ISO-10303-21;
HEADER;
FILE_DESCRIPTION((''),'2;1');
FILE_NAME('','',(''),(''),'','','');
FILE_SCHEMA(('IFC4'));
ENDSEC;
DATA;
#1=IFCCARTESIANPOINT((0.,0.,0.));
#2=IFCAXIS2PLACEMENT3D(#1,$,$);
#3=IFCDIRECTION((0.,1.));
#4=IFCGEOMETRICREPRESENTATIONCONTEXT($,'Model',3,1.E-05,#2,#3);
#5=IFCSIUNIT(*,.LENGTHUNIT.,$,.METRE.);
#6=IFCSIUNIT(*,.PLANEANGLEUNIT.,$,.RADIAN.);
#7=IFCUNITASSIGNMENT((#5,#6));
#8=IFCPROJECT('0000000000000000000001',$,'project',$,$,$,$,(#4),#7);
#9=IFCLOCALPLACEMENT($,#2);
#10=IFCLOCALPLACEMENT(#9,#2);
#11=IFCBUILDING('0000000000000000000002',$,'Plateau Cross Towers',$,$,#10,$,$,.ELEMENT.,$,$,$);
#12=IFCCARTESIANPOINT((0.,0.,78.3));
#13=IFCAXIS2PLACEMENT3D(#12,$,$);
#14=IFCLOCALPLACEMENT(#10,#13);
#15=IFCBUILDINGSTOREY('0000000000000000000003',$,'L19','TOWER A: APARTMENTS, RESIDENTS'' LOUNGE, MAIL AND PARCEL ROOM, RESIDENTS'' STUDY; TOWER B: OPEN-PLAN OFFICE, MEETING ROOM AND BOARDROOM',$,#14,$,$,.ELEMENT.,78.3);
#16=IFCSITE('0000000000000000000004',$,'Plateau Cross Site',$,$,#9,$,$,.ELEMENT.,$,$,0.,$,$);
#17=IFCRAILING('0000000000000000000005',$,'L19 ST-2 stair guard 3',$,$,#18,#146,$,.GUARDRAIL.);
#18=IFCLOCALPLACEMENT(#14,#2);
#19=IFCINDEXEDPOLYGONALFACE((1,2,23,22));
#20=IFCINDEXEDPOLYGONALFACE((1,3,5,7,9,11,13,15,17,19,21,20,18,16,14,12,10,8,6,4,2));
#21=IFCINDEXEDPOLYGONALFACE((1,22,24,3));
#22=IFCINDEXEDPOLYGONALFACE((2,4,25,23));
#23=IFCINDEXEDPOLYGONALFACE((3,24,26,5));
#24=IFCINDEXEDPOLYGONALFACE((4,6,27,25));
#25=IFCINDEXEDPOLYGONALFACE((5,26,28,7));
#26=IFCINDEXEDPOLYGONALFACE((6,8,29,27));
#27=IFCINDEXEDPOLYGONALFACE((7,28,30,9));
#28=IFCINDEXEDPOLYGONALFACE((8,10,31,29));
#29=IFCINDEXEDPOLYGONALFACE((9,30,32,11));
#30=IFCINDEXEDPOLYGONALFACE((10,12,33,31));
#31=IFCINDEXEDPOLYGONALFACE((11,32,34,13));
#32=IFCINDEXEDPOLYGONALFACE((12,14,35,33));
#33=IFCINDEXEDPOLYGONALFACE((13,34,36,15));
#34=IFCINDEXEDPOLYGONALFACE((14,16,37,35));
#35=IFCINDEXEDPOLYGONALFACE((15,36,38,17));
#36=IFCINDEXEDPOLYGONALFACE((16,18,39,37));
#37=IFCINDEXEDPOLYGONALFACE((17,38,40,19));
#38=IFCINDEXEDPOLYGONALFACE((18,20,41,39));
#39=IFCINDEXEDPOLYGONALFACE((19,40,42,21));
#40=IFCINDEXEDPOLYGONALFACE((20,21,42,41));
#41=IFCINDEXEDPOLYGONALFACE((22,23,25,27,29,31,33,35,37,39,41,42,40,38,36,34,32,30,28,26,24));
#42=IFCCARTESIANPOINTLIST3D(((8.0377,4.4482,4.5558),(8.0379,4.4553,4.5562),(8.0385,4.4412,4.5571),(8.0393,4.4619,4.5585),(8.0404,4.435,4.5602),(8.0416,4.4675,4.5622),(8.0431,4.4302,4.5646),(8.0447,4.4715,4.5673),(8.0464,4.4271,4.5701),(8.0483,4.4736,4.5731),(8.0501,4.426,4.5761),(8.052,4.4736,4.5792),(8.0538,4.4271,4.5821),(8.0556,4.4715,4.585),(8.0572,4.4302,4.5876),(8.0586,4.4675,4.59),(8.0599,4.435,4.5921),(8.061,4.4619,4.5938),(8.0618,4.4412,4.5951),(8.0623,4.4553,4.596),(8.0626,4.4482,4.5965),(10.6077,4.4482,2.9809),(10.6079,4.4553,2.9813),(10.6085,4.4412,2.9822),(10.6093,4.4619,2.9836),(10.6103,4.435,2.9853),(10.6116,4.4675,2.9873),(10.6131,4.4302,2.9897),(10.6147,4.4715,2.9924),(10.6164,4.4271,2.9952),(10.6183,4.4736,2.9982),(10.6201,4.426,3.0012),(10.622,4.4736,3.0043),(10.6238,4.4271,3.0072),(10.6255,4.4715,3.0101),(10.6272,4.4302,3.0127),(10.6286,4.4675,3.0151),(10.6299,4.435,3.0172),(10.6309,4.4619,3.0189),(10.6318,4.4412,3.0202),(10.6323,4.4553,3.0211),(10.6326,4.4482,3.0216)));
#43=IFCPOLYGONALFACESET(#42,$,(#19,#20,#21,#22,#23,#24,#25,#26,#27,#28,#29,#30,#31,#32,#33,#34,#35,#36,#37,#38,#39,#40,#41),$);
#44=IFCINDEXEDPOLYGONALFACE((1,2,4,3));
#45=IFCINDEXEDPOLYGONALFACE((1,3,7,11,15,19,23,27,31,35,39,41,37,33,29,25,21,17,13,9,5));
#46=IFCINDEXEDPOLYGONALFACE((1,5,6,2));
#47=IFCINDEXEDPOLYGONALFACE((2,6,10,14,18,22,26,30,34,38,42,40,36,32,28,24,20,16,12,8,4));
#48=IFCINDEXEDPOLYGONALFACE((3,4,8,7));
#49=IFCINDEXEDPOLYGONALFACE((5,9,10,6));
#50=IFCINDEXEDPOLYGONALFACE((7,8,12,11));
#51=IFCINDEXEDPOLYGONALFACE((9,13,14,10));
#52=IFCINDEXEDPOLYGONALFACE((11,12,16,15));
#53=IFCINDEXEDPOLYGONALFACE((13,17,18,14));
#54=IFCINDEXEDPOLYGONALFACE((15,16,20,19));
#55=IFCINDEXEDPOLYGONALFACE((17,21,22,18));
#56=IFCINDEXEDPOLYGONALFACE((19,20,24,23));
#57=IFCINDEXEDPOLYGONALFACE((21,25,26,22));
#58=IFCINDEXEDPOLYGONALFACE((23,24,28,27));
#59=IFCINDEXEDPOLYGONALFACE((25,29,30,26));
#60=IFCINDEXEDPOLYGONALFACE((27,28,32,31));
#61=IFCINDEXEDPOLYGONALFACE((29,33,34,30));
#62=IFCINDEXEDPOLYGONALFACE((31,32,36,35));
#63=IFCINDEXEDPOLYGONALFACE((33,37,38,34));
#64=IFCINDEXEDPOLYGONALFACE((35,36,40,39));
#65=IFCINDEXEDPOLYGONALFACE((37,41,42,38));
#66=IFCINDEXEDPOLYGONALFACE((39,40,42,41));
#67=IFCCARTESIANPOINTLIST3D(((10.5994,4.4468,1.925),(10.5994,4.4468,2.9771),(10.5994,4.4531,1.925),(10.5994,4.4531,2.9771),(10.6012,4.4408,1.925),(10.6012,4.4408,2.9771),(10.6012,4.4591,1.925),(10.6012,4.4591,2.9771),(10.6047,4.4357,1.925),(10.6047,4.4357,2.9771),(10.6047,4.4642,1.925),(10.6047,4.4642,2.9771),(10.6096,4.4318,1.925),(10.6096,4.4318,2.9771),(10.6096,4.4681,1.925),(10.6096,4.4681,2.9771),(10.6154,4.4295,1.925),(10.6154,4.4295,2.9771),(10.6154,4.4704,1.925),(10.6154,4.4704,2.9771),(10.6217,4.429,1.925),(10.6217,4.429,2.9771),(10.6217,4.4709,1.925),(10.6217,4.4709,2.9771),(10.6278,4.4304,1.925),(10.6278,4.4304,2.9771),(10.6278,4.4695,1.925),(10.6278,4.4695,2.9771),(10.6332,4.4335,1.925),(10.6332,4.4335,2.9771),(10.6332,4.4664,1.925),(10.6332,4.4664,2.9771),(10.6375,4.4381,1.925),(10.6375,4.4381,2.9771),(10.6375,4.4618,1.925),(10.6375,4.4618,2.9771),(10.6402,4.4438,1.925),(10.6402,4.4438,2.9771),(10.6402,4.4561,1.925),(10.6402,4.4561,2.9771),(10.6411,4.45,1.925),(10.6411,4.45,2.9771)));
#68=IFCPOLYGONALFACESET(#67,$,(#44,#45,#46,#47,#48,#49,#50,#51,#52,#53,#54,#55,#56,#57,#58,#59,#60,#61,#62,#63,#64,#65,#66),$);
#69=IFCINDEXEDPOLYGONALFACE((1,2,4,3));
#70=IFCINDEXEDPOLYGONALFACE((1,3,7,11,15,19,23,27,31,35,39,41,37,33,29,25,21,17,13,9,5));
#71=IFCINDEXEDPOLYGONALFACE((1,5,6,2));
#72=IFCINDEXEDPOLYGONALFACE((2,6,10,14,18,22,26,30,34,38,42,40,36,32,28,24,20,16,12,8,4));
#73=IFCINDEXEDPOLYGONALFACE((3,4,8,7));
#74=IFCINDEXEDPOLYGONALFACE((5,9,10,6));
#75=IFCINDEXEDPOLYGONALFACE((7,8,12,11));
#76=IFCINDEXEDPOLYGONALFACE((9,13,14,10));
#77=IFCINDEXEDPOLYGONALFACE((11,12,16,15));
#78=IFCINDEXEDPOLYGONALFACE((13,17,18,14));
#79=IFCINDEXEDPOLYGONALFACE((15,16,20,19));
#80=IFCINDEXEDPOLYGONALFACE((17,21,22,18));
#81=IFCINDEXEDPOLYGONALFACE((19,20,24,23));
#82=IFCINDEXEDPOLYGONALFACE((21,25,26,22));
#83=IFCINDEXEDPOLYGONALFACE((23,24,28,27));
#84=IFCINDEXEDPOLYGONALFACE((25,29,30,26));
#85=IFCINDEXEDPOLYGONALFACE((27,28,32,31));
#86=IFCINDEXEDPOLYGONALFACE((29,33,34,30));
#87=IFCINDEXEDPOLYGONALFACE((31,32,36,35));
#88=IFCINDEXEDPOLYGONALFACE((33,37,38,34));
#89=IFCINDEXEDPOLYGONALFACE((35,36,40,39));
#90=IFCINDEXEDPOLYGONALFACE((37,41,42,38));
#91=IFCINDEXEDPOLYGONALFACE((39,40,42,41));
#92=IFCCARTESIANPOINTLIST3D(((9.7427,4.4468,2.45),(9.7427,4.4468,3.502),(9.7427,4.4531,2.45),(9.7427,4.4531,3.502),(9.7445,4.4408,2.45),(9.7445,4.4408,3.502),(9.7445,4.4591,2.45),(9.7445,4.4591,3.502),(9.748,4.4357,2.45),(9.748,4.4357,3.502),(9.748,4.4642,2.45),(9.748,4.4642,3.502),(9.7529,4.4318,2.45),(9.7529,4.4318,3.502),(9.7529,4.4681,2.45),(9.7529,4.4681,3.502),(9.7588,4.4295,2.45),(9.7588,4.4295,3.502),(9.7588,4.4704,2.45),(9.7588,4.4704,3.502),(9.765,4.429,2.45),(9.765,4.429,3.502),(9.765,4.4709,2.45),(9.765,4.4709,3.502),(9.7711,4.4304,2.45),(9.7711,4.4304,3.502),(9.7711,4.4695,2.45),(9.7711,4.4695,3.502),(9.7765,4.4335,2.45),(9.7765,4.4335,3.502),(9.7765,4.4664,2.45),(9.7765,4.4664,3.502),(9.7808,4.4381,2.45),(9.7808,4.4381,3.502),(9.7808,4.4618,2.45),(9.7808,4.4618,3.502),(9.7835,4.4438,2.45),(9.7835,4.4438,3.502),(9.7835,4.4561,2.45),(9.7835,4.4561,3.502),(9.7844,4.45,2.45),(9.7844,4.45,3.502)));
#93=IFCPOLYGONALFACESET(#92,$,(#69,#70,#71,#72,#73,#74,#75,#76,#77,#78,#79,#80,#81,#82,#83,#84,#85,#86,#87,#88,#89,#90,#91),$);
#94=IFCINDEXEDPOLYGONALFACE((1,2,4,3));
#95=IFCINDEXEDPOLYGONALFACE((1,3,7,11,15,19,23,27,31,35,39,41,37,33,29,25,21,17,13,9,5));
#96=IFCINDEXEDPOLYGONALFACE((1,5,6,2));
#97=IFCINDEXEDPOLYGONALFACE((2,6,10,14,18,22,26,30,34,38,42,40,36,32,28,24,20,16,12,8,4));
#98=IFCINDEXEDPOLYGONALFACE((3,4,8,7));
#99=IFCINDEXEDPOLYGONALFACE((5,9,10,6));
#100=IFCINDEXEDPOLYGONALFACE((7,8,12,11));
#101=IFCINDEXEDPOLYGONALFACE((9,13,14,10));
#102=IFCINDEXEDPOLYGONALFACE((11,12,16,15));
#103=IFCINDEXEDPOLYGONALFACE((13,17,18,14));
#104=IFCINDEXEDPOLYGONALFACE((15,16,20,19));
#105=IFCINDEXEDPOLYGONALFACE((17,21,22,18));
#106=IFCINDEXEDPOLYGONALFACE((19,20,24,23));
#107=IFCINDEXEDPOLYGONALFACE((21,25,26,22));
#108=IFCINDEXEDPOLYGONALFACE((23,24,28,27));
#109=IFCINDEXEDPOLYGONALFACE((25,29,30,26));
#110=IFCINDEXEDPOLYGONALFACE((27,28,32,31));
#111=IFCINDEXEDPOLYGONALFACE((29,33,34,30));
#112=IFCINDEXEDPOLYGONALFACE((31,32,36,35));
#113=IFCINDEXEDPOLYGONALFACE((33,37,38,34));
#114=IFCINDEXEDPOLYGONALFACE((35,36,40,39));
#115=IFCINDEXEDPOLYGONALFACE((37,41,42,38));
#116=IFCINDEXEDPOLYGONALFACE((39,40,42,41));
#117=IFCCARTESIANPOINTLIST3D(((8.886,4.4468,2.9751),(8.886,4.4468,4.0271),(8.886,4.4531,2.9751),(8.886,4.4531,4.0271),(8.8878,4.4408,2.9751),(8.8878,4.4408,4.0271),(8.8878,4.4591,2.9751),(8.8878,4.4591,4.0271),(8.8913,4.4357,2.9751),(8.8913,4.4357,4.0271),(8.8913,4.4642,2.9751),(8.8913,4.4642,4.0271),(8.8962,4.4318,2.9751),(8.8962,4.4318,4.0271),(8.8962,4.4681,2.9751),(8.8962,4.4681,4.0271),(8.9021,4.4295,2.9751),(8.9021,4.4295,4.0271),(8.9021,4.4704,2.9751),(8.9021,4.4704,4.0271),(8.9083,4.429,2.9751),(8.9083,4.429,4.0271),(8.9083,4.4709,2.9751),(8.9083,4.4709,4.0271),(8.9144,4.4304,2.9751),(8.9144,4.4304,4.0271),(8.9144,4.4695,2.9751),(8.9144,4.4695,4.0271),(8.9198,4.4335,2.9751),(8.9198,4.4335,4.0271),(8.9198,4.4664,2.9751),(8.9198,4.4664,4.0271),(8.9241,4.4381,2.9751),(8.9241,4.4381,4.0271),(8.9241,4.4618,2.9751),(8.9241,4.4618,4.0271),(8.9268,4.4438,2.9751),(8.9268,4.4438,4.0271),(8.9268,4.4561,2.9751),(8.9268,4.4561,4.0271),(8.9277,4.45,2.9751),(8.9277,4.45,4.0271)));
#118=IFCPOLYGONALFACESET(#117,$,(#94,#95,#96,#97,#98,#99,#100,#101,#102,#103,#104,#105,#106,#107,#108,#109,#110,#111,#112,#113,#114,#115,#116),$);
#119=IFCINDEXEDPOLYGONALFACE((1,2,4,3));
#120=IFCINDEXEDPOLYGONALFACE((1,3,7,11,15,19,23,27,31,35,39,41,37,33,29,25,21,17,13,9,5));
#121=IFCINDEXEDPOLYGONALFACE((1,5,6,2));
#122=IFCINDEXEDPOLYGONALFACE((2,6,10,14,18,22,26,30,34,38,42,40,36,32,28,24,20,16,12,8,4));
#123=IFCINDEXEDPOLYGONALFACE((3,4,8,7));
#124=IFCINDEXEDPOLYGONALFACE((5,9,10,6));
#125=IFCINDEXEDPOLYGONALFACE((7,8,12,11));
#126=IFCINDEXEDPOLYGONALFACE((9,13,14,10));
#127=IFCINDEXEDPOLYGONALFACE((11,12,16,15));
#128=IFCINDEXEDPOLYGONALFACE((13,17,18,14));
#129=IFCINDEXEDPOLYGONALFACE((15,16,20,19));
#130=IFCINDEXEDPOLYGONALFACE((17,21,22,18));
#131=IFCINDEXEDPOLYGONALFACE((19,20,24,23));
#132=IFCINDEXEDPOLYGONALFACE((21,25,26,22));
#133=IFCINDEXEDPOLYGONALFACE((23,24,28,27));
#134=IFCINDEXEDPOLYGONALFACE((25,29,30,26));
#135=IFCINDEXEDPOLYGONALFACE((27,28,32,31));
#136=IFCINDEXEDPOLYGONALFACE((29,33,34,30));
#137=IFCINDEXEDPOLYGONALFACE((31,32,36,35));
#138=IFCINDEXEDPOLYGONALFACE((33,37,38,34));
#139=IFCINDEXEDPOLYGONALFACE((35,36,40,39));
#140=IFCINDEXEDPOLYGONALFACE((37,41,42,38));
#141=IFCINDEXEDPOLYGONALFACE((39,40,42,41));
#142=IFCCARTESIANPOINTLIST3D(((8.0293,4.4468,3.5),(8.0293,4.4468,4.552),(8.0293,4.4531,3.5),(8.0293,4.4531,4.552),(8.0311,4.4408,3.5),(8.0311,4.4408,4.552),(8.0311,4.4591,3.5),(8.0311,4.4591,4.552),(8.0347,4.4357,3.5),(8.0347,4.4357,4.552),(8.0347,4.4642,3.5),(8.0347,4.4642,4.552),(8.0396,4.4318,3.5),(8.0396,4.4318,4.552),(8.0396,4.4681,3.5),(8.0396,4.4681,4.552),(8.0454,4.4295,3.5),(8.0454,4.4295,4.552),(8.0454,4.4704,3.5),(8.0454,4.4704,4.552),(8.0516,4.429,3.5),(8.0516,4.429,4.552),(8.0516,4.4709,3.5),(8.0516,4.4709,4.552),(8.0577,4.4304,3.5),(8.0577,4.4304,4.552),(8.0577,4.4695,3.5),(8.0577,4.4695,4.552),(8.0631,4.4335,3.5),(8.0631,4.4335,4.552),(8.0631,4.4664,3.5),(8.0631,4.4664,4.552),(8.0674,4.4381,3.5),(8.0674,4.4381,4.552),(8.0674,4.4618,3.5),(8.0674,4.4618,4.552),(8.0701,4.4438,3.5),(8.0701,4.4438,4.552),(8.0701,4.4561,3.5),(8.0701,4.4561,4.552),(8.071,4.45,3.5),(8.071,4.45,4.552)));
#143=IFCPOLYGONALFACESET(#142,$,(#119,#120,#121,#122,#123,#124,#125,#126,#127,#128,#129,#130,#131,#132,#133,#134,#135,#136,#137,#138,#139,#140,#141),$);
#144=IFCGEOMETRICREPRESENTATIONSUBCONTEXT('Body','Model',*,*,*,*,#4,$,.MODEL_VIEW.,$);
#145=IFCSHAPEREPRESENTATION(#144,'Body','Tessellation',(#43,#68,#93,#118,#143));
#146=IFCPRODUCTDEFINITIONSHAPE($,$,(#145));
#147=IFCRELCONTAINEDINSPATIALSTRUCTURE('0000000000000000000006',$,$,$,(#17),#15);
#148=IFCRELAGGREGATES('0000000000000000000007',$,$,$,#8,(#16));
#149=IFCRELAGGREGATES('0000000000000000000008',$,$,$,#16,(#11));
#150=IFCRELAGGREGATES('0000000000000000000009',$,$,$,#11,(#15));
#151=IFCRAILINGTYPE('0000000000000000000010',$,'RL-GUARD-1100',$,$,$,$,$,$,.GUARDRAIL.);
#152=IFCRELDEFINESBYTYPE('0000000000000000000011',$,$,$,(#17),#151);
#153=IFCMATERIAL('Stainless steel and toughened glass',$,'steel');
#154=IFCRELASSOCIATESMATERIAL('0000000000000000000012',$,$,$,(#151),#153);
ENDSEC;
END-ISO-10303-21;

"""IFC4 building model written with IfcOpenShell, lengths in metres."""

from ifc_helpers import new_model, si_unit, direction, frame, origin, origin_2d, place, context, subcontext, project, spatial, circle, extrude, material, type_object, element, save


model = new_model("IFC4")

# Units and contexts
model_context = context("Model", 3, precision=1e-05, world=origin(), true_north=direction((0.0, 1.0)))
body_context = subcontext(model_context, "Body", "Model", "MODEL_VIEW")
ifc_project = project(units=[si_unit("LENGTHUNIT", "METRE"), si_unit("PLANEANGLEUNIT", "RADIAN")], contexts=[model_context])

# Site, building, storey
site_placement = place(None, origin())
site = spatial("IfcSite", under=ifc_project, at=site_placement, Name="Plateau Cross Site", CompositionType="ELEMENT", RefElevation=0.0)
building_placement = place(site_placement, origin())
building = spatial("IfcBuilding", under=site, at=building_placement, Name="Plateau Cross Towers", CompositionType="ELEMENT")
storey_placement = place(building_placement, frame((0.0, 0.0, 78.3)))
storey = spatial("IfcBuildingStorey", under=building, at=storey_placement, Name="L19", Description="TOWER A: APARTMENTS, RESIDENTS' LOUNGE, MAIL AND PARCEL ROOM, RESIDENTS' STUDY; TOWER B: OPEN-PLAN OFFICE, MEETING ROOM AND BOARDROOM", CompositionType="ELEMENT", Elevation=78.3)

# Railing
ifc_material_1 = material(Name="Stainless steel and toughened glass", Category="steel")
railing_type_1 = type_object("IfcRailingType", Name="RL-GUARD-1100", PredefinedType="GUARDRAIL", material=ifc_material_1)
railing_1_placement = place(storey_placement, frame((10.6201, 4.45, 1.925)))
element("IfcRailing", 1, at=railing_1_placement, inside=storey, type_object=railing_type_1, Name="L19 ST-2 stair guard 3", PredefinedType="GUARDRAIL", context=body_context, shape_type="SweptSolid", body=[
    extrude(circle(Radius=0.0239, at=origin_2d()), frame((0.0, 0.0, 1.0762), z_axis=(-0.852639, 0.0, 0.522501), x_axis=(0.0, -1.0, 0.0)), (0.0, 0.0, 1.0), 3.0142),
    extrude(circle(Radius=0.021, at=origin_2d()), origin(), (0.0, 0.0, 1.0), 1.052),
    extrude(circle(Radius=0.021, at=origin_2d()), frame((-0.8567, 0.0, 0.5249)), (0.0, 0.0, 1.0), 1.052),
    extrude(circle(Radius=0.021, at=origin_2d()), frame((-1.7134, 0.0, 1.05)), (0.0, 0.0, 1.0), 1.052),
    extrude(circle(Radius=0.021, at=origin_2d()), frame((-2.5701, 0.0, 1.575)), (0.0, 0.0, 1.0), 1.052),
])

save(model, "model.ifc")
